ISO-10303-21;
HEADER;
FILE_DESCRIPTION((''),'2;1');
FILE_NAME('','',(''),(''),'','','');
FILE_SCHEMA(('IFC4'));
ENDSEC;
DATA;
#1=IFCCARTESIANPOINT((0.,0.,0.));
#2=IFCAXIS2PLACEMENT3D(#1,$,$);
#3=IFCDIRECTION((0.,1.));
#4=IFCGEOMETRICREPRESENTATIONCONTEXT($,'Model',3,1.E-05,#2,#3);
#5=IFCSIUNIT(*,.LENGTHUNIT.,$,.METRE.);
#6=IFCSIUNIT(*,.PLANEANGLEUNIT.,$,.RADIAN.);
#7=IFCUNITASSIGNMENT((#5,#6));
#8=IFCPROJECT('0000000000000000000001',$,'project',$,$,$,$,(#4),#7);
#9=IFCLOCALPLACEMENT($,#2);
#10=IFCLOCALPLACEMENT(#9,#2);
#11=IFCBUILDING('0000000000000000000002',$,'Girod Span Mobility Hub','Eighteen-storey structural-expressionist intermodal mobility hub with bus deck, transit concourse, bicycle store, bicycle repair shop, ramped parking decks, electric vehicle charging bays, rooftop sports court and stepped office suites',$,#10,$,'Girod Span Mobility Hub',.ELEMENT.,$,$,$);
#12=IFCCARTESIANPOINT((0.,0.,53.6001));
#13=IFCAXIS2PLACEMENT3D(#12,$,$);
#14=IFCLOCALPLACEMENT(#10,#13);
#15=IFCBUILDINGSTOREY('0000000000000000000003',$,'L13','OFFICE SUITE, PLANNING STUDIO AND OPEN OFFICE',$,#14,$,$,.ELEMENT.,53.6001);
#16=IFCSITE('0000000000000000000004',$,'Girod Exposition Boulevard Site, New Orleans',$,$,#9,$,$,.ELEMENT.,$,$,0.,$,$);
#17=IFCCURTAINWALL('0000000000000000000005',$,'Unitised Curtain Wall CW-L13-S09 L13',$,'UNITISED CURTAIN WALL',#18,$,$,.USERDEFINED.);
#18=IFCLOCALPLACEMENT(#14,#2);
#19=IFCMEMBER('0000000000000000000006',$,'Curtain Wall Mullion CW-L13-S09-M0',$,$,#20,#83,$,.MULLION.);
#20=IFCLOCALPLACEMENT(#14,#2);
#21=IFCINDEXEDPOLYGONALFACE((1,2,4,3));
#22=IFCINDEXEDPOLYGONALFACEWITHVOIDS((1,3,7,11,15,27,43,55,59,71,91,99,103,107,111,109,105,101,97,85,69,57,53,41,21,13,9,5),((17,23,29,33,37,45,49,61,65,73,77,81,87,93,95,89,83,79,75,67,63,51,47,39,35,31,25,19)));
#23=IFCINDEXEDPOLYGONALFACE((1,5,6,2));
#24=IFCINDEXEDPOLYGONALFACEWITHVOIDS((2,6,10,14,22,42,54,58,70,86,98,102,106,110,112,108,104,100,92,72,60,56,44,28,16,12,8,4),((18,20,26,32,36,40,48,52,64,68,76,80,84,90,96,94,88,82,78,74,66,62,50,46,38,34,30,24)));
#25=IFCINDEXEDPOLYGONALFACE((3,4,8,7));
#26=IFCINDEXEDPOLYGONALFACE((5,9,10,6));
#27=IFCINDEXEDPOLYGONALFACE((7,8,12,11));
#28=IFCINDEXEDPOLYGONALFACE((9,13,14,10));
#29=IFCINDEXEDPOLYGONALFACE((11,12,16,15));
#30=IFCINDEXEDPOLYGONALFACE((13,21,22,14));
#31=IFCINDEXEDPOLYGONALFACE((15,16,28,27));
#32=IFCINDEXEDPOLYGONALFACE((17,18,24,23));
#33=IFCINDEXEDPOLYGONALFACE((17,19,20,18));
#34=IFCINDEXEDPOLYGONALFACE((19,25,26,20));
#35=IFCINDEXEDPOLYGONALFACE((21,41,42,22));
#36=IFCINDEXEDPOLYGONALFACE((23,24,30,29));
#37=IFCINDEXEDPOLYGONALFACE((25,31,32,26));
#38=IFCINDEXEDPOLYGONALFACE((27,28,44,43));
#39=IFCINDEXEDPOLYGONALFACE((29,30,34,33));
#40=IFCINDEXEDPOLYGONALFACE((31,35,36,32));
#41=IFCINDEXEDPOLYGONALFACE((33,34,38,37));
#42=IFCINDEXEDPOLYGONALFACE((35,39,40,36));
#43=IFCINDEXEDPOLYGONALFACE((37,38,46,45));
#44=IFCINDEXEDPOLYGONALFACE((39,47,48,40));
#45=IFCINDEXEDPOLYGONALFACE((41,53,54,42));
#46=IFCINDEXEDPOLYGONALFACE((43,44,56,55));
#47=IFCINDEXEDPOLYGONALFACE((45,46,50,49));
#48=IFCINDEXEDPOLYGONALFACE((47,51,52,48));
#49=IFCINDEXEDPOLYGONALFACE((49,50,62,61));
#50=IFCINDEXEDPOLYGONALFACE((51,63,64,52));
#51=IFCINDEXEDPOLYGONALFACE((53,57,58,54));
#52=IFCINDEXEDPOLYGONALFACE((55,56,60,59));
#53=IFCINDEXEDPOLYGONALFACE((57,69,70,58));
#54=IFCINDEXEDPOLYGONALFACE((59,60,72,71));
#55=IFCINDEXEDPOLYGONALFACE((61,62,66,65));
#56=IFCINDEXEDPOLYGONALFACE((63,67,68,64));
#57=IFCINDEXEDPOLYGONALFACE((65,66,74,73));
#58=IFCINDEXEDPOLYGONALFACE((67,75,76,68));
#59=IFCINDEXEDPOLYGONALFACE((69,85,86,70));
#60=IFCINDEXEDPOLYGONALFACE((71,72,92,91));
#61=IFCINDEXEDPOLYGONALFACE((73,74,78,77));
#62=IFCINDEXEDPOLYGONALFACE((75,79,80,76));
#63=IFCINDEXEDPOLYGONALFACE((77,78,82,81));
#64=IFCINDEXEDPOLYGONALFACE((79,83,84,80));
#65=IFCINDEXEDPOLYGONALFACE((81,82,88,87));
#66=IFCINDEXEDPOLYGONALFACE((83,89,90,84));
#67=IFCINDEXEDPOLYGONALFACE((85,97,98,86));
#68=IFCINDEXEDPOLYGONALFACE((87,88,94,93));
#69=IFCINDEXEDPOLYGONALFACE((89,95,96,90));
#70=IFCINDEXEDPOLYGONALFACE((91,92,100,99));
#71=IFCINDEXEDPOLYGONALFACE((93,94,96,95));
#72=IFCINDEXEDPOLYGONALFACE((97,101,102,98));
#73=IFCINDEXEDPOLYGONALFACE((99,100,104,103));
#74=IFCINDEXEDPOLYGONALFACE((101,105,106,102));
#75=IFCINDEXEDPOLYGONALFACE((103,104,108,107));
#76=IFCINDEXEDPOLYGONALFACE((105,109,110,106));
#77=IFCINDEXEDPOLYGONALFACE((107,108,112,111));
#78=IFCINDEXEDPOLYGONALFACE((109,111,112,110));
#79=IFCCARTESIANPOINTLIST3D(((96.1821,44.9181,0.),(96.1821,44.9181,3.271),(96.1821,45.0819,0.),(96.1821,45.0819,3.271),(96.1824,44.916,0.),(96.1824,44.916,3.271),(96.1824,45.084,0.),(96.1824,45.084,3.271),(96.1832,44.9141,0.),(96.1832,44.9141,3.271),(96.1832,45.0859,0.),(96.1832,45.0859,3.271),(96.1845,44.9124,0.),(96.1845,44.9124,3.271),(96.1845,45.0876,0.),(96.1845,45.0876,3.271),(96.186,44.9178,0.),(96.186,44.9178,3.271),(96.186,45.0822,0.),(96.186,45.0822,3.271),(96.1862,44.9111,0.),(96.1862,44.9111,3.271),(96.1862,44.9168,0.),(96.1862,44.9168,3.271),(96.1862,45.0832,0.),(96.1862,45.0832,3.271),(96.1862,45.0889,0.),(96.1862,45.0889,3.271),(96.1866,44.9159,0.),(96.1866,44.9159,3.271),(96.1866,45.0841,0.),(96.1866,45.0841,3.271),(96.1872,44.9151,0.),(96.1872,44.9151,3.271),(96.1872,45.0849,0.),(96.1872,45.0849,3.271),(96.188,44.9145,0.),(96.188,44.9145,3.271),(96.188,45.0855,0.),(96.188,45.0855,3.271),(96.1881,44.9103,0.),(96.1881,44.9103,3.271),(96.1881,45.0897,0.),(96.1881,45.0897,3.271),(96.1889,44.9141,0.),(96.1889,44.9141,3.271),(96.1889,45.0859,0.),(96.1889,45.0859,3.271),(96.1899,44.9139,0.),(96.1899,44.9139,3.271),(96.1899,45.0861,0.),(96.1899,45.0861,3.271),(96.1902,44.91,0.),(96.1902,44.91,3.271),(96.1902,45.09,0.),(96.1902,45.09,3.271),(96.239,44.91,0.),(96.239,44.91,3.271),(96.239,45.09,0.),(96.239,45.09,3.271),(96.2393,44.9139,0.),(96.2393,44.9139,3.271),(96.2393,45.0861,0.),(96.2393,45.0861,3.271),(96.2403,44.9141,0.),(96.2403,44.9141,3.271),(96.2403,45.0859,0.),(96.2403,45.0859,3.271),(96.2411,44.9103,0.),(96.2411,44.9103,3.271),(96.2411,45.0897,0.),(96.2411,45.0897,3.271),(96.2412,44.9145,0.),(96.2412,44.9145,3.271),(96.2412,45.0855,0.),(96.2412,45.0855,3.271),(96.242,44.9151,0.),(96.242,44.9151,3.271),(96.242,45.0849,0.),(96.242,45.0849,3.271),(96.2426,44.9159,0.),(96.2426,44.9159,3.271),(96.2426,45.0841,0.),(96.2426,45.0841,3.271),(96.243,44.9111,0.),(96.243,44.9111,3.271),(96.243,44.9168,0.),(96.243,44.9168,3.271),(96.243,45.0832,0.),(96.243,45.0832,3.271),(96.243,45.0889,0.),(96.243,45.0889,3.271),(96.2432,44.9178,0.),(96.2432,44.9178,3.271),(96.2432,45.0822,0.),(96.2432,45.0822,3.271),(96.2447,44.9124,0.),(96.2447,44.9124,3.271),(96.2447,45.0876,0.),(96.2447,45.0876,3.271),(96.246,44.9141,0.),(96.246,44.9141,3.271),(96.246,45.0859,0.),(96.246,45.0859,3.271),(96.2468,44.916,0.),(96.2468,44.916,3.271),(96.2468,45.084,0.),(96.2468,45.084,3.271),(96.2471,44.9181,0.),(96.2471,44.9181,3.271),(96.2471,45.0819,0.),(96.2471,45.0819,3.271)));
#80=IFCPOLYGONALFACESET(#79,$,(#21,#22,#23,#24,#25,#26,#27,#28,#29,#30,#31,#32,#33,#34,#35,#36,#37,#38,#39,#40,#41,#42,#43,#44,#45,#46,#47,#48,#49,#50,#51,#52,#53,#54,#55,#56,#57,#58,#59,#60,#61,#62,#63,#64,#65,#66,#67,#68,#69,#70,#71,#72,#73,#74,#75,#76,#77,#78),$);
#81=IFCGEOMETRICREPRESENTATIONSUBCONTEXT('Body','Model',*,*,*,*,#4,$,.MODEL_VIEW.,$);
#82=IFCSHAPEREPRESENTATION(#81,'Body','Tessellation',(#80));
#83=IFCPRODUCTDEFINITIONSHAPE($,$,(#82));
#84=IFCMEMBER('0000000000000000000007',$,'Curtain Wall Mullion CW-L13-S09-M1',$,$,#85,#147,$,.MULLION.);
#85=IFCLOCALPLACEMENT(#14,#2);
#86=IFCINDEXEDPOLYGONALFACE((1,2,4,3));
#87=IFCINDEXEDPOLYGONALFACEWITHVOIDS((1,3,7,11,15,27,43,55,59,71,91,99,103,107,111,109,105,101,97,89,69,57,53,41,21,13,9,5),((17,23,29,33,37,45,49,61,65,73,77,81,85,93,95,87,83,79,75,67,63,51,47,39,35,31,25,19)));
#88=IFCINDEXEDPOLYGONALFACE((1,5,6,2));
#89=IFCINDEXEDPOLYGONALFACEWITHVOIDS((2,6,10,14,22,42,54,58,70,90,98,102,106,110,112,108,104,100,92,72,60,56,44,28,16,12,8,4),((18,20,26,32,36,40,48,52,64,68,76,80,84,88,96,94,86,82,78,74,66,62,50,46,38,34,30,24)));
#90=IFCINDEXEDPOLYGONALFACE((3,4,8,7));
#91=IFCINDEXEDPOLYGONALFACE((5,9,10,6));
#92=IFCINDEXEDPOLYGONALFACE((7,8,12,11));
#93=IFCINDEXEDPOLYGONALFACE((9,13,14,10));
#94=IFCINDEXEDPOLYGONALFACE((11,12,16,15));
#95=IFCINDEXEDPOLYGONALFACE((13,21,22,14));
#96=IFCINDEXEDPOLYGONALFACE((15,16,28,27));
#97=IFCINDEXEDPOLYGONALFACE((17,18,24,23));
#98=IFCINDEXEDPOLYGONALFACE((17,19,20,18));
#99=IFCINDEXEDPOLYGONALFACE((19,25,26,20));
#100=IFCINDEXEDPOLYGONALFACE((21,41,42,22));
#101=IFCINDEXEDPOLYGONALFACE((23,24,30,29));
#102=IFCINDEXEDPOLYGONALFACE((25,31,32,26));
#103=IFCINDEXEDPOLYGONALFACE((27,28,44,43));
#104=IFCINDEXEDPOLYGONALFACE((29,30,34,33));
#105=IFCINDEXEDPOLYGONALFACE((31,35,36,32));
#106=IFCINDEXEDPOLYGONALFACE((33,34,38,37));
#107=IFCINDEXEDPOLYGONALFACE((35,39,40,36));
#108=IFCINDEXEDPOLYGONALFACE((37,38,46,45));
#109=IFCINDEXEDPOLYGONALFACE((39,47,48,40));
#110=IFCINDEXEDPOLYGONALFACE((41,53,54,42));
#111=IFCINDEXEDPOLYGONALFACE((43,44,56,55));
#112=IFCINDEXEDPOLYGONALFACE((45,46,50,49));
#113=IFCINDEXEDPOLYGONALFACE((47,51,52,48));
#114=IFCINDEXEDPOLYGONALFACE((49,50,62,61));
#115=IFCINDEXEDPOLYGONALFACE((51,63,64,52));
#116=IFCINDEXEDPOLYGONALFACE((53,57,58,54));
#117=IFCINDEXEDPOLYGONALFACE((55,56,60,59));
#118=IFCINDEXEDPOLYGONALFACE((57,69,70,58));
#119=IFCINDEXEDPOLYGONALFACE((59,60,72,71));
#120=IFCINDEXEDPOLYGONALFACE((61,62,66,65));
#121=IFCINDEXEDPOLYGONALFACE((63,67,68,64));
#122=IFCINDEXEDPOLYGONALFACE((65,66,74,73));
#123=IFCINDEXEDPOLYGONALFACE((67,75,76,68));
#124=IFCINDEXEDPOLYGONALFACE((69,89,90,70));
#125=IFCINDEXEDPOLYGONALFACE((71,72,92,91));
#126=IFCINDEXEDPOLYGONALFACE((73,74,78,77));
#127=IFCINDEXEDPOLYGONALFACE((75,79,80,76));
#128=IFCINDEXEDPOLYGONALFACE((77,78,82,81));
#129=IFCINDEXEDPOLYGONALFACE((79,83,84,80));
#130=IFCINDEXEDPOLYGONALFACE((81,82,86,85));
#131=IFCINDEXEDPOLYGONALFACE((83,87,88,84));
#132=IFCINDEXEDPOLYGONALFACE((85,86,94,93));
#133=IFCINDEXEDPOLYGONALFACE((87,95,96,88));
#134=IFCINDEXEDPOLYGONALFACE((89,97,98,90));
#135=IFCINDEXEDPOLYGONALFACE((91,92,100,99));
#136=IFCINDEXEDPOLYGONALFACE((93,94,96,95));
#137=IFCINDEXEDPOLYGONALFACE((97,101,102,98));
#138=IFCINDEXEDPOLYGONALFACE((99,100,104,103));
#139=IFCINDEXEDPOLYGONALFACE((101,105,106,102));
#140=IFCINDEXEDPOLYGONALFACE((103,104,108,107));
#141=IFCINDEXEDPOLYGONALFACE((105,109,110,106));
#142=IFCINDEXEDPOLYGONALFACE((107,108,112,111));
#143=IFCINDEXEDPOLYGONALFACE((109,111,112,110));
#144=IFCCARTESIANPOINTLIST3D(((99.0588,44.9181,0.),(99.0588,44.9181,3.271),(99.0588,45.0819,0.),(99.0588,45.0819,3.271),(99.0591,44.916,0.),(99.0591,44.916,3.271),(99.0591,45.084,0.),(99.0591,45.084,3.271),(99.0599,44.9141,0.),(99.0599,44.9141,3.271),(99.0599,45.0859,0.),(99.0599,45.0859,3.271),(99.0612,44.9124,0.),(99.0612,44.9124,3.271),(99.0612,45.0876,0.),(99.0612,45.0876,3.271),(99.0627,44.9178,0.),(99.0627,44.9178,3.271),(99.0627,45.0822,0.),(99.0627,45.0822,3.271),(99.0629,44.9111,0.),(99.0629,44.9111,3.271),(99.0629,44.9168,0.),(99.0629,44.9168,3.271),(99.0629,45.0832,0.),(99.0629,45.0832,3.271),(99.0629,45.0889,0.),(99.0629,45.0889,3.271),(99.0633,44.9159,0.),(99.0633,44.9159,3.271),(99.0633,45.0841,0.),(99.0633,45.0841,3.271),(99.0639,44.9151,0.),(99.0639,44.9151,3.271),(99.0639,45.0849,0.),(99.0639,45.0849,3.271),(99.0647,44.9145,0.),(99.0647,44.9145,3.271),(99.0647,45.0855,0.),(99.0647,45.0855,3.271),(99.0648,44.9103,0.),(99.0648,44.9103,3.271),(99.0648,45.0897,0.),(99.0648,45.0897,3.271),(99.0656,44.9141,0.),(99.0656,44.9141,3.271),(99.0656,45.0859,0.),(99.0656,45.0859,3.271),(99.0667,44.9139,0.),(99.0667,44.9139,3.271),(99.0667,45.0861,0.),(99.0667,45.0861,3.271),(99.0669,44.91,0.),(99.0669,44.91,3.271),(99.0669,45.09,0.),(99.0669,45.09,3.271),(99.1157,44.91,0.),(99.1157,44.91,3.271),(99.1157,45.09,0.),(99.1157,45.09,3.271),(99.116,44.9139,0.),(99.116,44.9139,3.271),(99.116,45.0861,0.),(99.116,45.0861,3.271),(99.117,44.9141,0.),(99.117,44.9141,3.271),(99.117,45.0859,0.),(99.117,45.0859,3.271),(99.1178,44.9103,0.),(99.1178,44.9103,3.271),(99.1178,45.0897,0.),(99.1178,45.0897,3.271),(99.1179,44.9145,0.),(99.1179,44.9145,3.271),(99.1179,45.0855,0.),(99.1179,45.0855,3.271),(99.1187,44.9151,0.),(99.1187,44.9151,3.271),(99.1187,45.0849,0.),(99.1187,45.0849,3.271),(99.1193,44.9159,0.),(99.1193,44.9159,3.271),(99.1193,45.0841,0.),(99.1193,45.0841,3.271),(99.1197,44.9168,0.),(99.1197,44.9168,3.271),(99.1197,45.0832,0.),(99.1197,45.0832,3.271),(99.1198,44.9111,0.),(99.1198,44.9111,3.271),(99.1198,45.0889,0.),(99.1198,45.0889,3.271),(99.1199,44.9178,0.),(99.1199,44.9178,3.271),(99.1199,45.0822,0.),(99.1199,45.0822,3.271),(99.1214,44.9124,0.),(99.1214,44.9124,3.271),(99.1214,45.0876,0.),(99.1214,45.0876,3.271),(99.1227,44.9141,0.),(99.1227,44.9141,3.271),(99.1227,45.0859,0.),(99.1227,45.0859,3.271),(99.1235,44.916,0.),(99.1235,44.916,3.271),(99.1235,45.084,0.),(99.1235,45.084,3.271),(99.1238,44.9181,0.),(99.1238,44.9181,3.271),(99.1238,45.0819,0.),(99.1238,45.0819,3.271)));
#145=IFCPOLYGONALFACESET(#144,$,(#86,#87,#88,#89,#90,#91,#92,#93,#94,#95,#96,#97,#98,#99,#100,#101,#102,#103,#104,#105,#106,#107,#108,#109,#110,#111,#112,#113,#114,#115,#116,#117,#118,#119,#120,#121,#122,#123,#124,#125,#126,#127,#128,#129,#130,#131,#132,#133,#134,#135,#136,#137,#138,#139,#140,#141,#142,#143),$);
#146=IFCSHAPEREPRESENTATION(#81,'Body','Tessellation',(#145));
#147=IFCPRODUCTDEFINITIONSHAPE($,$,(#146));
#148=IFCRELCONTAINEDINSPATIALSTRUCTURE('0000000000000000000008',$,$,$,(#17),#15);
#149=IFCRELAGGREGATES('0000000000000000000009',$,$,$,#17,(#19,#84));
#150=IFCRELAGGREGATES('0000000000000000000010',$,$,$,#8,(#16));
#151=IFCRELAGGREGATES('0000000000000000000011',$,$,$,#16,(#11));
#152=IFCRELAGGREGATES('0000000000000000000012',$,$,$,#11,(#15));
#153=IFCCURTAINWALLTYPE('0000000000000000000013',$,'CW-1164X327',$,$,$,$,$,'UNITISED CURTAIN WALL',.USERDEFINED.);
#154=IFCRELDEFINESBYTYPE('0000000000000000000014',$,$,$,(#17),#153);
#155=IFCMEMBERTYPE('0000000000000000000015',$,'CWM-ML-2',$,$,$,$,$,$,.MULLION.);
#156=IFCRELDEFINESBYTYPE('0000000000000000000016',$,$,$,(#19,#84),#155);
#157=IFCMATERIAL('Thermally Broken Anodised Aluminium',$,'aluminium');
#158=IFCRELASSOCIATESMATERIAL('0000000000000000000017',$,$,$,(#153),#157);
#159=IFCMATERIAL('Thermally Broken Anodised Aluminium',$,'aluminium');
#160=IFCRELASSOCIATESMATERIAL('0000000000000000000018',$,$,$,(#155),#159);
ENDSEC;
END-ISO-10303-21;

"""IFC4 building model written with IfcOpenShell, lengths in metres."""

from ifc_helpers import new_model, si_unit, direction, frame, origin, origin_2d, place, context, subcontext, project, spatial, hollow_rectangle, extrude, material, material_profile, profile_set, type_object, element, aggregate, save


model = new_model("IFC4")

# Units and contexts
model_context = context("Model", 3, precision=1e-05, world=origin(), true_north=direction((0.0, 1.0)))
body_context = subcontext(model_context, "Body", "Model", "MODEL_VIEW")
ifc_project = project(units=[si_unit("LENGTHUNIT", "METRE"), si_unit("PLANEANGLEUNIT", "RADIAN")], contexts=[model_context])

# Site, building, storey
site_placement = place(None, origin())
site = spatial("IfcSite", under=ifc_project, at=site_placement, Name="Girod Exposition Boulevard Site, New Orleans", CompositionType="ELEMENT", RefElevation=0.0)
building_placement = place(site_placement, origin())
building = spatial("IfcBuilding", under=site, at=building_placement, Name="Girod Span Mobility Hub", Description="Eighteen-storey structural-expressionist intermodal mobility hub with bus deck, transit concourse, bicycle store, bicycle repair shop, ramped parking decks, electric vehicle charging bays, rooftop sports court and stepped office suites", LongName="Girod Span Mobility Hub", CompositionType="ELEMENT")
storey_placement = place(building_placement, frame((0.0, 0.0, 53.6001)))
storey = spatial("IfcBuildingStorey", under=building, at=storey_placement, Name="L13", Description="OFFICE SUITE, PLANNING STUDIO AND OPEN OFFICE", CompositionType="ELEMENT", Elevation=53.6001)

# Curtain wall, members
ifc_material_1 = material(Name="Thermally Broken Anodised Aluminium", Category="aluminium")
curtain_wall_type = type_object("IfcCurtainWallType", Name="CW-1164X327", ElementType="UNITISED CURTAIN WALL", PredefinedType="USERDEFINED", material=ifc_material_1)
ifc_material_2 = material(Name="Thermally Broken Anodised Aluminium", Category="aluminium")
ifc_material_profile_1 = material_profile(ifc_material_2, hollow_rectangle(XDim=0.1799, YDim=0.0649, WallThickness=0.0039, InnerFilletRadius=0.0039, OuterFilletRadius=0.0081, at=origin_2d()), Name="CW-ML-65X180")
ifc_profile_set_1 = profile_set([ifc_material_profile_1], Name="Thermally Broken Anodised Aluminium")
member_type_1 = type_object("IfcMemberType", Name="CWM-ML-2", PredefinedType="MULLION", material=ifc_profile_set_1)
curtain_wall_1_placement = place(storey_placement, origin())
curtain_wall_1 = element("IfcCurtainWall", 1, at=curtain_wall_1_placement, inside=storey, type_object=curtain_wall_type, Name="Unitised Curtain Wall CW-L13-S09 L13", ObjectType="UNITISED CURTAIN WALL", PredefinedType="USERDEFINED")
member_1_placement = place(storey_placement, frame((96.2146, 45.0, 0.0), z_axis=(0.0, 0.0, 1.0), x_axis=(0.0, 1.0, 0.0)))
member_1 = element("IfcMember", 2, at=member_1_placement, type_object=member_type_1, Name="Curtain Wall Mullion CW-L13-S09-M0", PredefinedType="MULLION", context=body_context, shape_type="SweptSolid", body=[
    extrude(hollow_rectangle(XDim=0.1799, YDim=0.0649, WallThickness=0.0039, InnerFilletRadius=0.0039, OuterFilletRadius=0.0081, at=origin_2d()), origin(), (0.0, 0.0, 1.0), 3.271),
])
member_2_placement = place(storey_placement, frame((99.0913, 45.0, 0.0), z_axis=(0.0, 0.0, 1.0), x_axis=(0.0, 1.0, 0.0)))
member_2 = element("IfcMember", 3, at=member_2_placement, type_object=member_type_1, Name="Curtain Wall Mullion CW-L13-S09-M1", PredefinedType="MULLION", context=body_context, shape_type="SweptSolid", body=[
    extrude(hollow_rectangle(XDim=0.1799, YDim=0.0649, WallThickness=0.0039, InnerFilletRadius=0.0039, OuterFilletRadius=0.0081, at=origin_2d()), origin(), (0.0, 0.0, 1.0), 3.271),
])

aggregate(curtain_wall_1, [member_1, member_2])

save(model, "model.ifc")
